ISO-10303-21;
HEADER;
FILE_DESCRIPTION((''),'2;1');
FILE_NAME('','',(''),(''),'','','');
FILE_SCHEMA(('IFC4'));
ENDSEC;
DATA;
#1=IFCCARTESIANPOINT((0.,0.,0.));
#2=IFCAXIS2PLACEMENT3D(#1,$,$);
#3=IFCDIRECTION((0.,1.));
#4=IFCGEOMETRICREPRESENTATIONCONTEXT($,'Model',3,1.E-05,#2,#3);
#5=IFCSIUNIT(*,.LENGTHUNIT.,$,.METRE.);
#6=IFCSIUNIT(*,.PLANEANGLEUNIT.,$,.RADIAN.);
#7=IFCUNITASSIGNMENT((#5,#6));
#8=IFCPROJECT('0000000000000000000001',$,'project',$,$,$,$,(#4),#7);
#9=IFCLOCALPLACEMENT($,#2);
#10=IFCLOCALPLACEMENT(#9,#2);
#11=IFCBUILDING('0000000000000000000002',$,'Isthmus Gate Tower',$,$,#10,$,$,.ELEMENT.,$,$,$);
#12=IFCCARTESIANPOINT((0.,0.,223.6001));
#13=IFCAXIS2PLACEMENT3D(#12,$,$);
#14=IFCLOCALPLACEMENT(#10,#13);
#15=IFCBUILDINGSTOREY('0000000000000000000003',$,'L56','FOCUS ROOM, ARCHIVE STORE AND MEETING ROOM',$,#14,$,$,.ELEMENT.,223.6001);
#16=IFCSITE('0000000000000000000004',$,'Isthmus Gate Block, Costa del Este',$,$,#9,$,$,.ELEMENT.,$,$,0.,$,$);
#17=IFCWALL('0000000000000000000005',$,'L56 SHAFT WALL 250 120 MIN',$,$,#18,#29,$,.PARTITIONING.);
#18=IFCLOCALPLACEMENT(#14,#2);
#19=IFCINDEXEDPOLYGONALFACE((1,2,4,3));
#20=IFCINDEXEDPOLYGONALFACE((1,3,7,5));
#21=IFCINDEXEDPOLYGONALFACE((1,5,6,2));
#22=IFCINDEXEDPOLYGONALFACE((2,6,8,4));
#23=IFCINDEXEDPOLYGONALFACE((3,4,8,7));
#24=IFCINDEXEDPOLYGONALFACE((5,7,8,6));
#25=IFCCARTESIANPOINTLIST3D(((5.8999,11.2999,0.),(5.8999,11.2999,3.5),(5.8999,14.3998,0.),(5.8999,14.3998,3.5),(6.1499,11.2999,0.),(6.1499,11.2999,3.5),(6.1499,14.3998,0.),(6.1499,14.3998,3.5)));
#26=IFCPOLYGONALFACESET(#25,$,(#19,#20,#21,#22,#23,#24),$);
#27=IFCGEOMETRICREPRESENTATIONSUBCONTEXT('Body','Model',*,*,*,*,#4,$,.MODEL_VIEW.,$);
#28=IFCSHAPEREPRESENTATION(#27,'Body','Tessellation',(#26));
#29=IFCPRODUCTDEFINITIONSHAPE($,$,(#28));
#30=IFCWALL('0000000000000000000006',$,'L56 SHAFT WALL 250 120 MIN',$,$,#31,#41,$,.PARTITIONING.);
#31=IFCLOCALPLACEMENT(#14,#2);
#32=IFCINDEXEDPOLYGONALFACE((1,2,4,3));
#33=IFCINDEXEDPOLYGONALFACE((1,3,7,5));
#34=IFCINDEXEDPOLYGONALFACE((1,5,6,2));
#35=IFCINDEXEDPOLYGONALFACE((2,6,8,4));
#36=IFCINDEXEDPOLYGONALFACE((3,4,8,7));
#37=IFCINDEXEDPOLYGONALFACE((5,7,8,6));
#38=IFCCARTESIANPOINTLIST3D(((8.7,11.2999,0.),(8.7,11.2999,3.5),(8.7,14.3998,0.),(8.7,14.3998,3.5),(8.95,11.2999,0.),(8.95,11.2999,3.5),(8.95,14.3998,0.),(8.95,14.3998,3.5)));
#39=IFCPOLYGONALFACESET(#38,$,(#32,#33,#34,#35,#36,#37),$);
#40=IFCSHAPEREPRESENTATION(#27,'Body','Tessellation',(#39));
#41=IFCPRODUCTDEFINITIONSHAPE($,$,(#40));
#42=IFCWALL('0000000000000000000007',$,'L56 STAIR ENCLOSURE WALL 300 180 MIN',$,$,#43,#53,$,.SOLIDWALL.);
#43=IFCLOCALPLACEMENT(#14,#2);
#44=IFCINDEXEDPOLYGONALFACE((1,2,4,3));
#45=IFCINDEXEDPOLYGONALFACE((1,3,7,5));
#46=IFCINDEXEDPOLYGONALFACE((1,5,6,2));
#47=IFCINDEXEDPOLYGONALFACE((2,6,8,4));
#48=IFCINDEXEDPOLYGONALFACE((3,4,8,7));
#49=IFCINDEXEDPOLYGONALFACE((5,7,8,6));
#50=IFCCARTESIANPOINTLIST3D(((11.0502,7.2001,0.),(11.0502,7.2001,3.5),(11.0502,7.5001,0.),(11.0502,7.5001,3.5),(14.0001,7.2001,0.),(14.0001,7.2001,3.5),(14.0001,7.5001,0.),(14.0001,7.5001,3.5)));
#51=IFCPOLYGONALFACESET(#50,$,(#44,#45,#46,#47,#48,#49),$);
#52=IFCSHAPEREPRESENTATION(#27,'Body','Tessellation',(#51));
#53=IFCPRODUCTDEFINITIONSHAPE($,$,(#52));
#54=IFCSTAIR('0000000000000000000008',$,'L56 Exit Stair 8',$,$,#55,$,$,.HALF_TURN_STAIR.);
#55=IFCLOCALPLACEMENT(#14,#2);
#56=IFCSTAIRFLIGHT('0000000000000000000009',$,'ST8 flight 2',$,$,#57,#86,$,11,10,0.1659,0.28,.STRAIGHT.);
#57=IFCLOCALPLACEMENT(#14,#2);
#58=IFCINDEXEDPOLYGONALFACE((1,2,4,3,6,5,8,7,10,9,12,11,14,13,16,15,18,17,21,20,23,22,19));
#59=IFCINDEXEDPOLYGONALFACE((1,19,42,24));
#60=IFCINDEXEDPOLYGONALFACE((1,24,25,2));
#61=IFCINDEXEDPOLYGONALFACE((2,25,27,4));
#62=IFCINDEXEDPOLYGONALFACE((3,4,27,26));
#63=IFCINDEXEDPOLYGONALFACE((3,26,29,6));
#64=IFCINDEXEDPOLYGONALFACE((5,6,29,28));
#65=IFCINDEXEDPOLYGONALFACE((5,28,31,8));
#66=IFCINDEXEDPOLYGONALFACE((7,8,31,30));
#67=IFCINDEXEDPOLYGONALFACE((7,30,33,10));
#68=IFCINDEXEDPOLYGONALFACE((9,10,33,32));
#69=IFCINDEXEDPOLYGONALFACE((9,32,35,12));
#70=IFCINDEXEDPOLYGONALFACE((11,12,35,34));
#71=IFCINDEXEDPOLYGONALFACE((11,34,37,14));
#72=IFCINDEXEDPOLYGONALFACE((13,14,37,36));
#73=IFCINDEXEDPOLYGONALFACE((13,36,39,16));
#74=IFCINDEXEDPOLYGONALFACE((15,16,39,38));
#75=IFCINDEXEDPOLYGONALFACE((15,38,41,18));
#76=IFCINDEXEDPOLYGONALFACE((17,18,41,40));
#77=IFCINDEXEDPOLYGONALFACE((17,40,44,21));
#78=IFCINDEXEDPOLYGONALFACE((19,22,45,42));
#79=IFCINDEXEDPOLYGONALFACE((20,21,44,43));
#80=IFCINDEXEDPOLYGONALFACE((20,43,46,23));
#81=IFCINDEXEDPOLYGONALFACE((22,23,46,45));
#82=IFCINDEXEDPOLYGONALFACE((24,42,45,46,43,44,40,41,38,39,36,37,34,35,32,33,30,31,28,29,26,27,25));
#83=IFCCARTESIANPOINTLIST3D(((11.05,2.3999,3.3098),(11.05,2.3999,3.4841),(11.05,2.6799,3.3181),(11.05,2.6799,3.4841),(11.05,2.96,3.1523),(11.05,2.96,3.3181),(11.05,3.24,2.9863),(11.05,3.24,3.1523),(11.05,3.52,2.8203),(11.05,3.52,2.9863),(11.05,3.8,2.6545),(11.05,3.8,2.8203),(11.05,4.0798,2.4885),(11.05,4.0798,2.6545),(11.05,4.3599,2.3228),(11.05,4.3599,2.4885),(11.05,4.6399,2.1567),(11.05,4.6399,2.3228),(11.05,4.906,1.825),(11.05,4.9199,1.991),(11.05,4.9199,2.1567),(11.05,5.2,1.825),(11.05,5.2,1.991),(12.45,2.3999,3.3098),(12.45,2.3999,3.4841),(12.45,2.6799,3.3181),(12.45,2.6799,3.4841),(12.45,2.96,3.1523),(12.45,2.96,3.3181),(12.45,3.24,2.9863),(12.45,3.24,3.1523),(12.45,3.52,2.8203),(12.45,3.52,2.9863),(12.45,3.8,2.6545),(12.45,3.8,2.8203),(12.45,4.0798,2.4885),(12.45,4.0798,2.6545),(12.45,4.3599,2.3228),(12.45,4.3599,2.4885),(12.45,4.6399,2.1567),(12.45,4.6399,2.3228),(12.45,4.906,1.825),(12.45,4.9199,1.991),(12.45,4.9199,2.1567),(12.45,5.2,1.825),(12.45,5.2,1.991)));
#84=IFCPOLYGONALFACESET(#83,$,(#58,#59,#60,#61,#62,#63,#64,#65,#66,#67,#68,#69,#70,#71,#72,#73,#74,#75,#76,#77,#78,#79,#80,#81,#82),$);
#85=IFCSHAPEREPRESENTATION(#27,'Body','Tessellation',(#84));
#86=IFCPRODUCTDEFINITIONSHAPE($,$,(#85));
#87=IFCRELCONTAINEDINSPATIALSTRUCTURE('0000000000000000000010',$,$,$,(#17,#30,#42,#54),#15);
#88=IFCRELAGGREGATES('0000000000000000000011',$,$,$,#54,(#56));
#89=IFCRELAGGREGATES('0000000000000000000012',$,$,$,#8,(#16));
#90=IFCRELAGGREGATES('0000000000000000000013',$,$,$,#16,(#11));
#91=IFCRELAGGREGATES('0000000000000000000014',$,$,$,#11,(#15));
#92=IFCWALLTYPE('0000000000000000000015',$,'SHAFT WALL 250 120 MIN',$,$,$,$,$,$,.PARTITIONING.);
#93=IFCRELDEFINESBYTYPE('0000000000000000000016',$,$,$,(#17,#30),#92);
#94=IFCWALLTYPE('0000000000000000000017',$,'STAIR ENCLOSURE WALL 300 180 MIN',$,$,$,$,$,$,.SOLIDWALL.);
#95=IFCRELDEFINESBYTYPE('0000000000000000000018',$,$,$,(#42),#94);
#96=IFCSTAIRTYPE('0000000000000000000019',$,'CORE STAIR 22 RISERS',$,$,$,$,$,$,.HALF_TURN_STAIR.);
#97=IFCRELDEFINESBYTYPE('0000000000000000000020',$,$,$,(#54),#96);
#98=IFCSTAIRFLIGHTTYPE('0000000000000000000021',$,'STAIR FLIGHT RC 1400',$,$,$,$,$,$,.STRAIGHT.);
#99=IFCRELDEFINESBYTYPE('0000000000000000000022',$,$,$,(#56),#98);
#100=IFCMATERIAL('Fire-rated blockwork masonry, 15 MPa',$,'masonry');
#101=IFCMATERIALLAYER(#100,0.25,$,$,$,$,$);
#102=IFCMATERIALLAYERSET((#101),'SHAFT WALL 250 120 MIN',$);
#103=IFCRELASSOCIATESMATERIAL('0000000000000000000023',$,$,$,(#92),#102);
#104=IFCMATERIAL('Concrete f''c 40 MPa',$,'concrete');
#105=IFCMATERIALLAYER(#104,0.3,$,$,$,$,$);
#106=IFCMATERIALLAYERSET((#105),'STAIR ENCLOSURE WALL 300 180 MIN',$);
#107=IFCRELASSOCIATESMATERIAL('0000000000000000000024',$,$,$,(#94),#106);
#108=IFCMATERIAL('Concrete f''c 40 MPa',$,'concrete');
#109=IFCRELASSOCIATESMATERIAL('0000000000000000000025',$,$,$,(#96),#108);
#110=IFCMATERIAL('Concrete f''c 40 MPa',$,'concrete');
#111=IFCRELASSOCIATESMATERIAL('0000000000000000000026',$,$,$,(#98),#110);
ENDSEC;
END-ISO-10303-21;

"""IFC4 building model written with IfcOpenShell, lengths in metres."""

from ifc_helpers import new_model, si_unit, direction, frame, frame_2d, origin, place, context, subcontext, project, spatial, polyline, rectangle, outline, extrude, material, layer, layer_set, type_object, element, aggregate, save


model = new_model("IFC4")

# Units and contexts
model_context = context("Model", 3, precision=1e-05, world=origin(), true_north=direction((0.0, 1.0)))
body_context = subcontext(model_context, "Body", "Model", "MODEL_VIEW")
ifc_project = project(units=[si_unit("LENGTHUNIT", "METRE"), si_unit("PLANEANGLEUNIT", "RADIAN")], contexts=[model_context])

# Site, building, storey
site_placement = place(None, origin())
site = spatial("IfcSite", under=ifc_project, at=site_placement, Name="Isthmus Gate Block, Costa del Este", CompositionType="ELEMENT", RefElevation=0.0)
building_placement = place(site_placement, origin())
building = spatial("IfcBuilding", under=site, at=building_placement, Name="Isthmus Gate Tower", CompositionType="ELEMENT")
storey_placement = place(building_placement, frame((0.0, 0.0, 223.6001)))
storey = spatial("IfcBuildingStorey", under=building, at=storey_placement, Name="L56", Description="FOCUS ROOM, ARCHIVE STORE AND MEETING ROOM", CompositionType="ELEMENT", Elevation=223.6001)

# Walls
ifc_material_1 = material(Name="Fire-rated blockwork masonry, 15 MPa", Category="masonry")
ifc_layer_1 = layer(ifc_material_1, 0.25)
ifc_layer_set_1 = layer_set([ifc_layer_1], Name="SHAFT WALL 250 120 MIN")
wall_type_1 = type_object("IfcWallType", Name="SHAFT WALL 250 120 MIN", PredefinedType="PARTITIONING", material=ifc_layer_set_1)
for number, where, z_axis, x_axis, name in (
    (1, (6.0249, 11.3, 0.0), (0.0, 0.0, 1.0), (0.0, 1.0, 0.0), "L56 SHAFT WALL 250 120 MIN"),
    (2, (8.825, 11.3, 0.0), (0.0, 0.0, 1.0), (0.0, 1.0, 0.0), "L56 SHAFT WALL 250 120 MIN"),
):
    element("IfcWall", number, at=place(storey_placement, frame(where, z_axis=z_axis, x_axis=x_axis)), inside=storey, type_object=wall_type_1, Name=name, PredefinedType="PARTITIONING", context=body_context, shape_type="SweptSolid", body=[
        extrude(rectangle(XDim=3.0999, YDim=0.25, at=frame_2d((1.5498, 0.0))), origin(), (0.0, 0.0, 1.0), 3.5),
    ])
ifc_material_2 = material(Name="Concrete f'c 40 MPa", Category="concrete")
ifc_layer_2 = layer(ifc_material_2, 0.3)
ifc_layer_set_2 = layer_set([ifc_layer_2], Name="STAIR ENCLOSURE WALL 300 180 MIN")
wall_type_2 = type_object("IfcWallType", Name="STAIR ENCLOSURE WALL 300 180 MIN", PredefinedType="SOLIDWALL", material=ifc_layer_set_2)
wall_1_placement = place(storey_placement, frame((11.05, 7.3501, 0.0), z_axis=(0.0, 0.0, 1.0), x_axis=(1.0, 0.0, 0.0)))
element("IfcWall", 3, at=wall_1_placement, inside=storey, type_object=wall_type_2, Name="L56 STAIR ENCLOSURE WALL 300 180 MIN", PredefinedType="SOLIDWALL", context=body_context, shape_type="SweptSolid", body=[
    extrude(rectangle(XDim=2.95, YDim=0.3, at=frame_2d((1.4751, 0.0))), origin(), (0.0, 0.0, 1.0), 3.5),
])

# Stair, stair flight
ifc_material_3 = material(Name="Concrete f'c 40 MPa", Category="concrete")
stair_type = type_object("IfcStairType", Name="CORE STAIR 22 RISERS", PredefinedType="HALF_TURN_STAIR", material=ifc_material_3)
stair_placement = place(storey_placement, origin())
stair = element("IfcStair", 4, at=stair_placement, inside=storey, type_object=stair_type, Name="L56 Exit Stair 8", PredefinedType="HALF_TURN_STAIR")
ifc_material_4 = material(Name="Concrete f'c 40 MPa", Category="concrete")
stair_flight_type = type_object("IfcStairFlightType", Name="STAIR FLIGHT RC 1400", PredefinedType="STRAIGHT", material=ifc_material_4)
stair_flight_placement = place(storey_placement, frame((11.75, 5.2, 1.825), z_axis=(0.0, 0.0, 1.0), x_axis=(0.0, -1.0, 0.0)))
stair_flight = element("IfcStairFlight", 5, at=stair_flight_placement, type_object=stair_flight_type, Name="ST8 flight 2", NumberOfRisers=11, NumberOfTreads=10, PredefinedType="STRAIGHT", RiserHeight=0.1659, TreadLength=0.28, context=body_context, shape_type="SweptSolid", body=[
    extrude(outline(polyline([(0.0, 0.0), (0.0, 0.166), (0.28, 0.166), (0.28, 0.3318), (0.5601, 0.3318), (0.5601, 0.4978), (0.8401, 0.4978), (0.8401, 0.6636), (1.1201, 0.6636), (1.1201, 0.8296), (1.3999, 0.8296), (1.3999, 0.9954), (1.6799, 0.9954), (1.6799, 1.1614), (1.96, 1.1614), (1.96, 1.3274), (2.24, 1.3274), (2.24, 1.4932), (2.52, 1.4932), (2.52, 1.6592), (2.8, 1.6592), (2.8, 1.825), (2.8, 1.4849), (0.2939, 0.0), (0.0, 0.0)])), frame((0.0, 0.7, 0.0), z_axis=(0.0, -1.0, 0.0), x_axis=(1.0, 0.0, 0.0)), (0.0, 0.0, 1.0), 1.3999),
])
aggregate(stair, [stair_flight])

save(model, "model.ifc")
